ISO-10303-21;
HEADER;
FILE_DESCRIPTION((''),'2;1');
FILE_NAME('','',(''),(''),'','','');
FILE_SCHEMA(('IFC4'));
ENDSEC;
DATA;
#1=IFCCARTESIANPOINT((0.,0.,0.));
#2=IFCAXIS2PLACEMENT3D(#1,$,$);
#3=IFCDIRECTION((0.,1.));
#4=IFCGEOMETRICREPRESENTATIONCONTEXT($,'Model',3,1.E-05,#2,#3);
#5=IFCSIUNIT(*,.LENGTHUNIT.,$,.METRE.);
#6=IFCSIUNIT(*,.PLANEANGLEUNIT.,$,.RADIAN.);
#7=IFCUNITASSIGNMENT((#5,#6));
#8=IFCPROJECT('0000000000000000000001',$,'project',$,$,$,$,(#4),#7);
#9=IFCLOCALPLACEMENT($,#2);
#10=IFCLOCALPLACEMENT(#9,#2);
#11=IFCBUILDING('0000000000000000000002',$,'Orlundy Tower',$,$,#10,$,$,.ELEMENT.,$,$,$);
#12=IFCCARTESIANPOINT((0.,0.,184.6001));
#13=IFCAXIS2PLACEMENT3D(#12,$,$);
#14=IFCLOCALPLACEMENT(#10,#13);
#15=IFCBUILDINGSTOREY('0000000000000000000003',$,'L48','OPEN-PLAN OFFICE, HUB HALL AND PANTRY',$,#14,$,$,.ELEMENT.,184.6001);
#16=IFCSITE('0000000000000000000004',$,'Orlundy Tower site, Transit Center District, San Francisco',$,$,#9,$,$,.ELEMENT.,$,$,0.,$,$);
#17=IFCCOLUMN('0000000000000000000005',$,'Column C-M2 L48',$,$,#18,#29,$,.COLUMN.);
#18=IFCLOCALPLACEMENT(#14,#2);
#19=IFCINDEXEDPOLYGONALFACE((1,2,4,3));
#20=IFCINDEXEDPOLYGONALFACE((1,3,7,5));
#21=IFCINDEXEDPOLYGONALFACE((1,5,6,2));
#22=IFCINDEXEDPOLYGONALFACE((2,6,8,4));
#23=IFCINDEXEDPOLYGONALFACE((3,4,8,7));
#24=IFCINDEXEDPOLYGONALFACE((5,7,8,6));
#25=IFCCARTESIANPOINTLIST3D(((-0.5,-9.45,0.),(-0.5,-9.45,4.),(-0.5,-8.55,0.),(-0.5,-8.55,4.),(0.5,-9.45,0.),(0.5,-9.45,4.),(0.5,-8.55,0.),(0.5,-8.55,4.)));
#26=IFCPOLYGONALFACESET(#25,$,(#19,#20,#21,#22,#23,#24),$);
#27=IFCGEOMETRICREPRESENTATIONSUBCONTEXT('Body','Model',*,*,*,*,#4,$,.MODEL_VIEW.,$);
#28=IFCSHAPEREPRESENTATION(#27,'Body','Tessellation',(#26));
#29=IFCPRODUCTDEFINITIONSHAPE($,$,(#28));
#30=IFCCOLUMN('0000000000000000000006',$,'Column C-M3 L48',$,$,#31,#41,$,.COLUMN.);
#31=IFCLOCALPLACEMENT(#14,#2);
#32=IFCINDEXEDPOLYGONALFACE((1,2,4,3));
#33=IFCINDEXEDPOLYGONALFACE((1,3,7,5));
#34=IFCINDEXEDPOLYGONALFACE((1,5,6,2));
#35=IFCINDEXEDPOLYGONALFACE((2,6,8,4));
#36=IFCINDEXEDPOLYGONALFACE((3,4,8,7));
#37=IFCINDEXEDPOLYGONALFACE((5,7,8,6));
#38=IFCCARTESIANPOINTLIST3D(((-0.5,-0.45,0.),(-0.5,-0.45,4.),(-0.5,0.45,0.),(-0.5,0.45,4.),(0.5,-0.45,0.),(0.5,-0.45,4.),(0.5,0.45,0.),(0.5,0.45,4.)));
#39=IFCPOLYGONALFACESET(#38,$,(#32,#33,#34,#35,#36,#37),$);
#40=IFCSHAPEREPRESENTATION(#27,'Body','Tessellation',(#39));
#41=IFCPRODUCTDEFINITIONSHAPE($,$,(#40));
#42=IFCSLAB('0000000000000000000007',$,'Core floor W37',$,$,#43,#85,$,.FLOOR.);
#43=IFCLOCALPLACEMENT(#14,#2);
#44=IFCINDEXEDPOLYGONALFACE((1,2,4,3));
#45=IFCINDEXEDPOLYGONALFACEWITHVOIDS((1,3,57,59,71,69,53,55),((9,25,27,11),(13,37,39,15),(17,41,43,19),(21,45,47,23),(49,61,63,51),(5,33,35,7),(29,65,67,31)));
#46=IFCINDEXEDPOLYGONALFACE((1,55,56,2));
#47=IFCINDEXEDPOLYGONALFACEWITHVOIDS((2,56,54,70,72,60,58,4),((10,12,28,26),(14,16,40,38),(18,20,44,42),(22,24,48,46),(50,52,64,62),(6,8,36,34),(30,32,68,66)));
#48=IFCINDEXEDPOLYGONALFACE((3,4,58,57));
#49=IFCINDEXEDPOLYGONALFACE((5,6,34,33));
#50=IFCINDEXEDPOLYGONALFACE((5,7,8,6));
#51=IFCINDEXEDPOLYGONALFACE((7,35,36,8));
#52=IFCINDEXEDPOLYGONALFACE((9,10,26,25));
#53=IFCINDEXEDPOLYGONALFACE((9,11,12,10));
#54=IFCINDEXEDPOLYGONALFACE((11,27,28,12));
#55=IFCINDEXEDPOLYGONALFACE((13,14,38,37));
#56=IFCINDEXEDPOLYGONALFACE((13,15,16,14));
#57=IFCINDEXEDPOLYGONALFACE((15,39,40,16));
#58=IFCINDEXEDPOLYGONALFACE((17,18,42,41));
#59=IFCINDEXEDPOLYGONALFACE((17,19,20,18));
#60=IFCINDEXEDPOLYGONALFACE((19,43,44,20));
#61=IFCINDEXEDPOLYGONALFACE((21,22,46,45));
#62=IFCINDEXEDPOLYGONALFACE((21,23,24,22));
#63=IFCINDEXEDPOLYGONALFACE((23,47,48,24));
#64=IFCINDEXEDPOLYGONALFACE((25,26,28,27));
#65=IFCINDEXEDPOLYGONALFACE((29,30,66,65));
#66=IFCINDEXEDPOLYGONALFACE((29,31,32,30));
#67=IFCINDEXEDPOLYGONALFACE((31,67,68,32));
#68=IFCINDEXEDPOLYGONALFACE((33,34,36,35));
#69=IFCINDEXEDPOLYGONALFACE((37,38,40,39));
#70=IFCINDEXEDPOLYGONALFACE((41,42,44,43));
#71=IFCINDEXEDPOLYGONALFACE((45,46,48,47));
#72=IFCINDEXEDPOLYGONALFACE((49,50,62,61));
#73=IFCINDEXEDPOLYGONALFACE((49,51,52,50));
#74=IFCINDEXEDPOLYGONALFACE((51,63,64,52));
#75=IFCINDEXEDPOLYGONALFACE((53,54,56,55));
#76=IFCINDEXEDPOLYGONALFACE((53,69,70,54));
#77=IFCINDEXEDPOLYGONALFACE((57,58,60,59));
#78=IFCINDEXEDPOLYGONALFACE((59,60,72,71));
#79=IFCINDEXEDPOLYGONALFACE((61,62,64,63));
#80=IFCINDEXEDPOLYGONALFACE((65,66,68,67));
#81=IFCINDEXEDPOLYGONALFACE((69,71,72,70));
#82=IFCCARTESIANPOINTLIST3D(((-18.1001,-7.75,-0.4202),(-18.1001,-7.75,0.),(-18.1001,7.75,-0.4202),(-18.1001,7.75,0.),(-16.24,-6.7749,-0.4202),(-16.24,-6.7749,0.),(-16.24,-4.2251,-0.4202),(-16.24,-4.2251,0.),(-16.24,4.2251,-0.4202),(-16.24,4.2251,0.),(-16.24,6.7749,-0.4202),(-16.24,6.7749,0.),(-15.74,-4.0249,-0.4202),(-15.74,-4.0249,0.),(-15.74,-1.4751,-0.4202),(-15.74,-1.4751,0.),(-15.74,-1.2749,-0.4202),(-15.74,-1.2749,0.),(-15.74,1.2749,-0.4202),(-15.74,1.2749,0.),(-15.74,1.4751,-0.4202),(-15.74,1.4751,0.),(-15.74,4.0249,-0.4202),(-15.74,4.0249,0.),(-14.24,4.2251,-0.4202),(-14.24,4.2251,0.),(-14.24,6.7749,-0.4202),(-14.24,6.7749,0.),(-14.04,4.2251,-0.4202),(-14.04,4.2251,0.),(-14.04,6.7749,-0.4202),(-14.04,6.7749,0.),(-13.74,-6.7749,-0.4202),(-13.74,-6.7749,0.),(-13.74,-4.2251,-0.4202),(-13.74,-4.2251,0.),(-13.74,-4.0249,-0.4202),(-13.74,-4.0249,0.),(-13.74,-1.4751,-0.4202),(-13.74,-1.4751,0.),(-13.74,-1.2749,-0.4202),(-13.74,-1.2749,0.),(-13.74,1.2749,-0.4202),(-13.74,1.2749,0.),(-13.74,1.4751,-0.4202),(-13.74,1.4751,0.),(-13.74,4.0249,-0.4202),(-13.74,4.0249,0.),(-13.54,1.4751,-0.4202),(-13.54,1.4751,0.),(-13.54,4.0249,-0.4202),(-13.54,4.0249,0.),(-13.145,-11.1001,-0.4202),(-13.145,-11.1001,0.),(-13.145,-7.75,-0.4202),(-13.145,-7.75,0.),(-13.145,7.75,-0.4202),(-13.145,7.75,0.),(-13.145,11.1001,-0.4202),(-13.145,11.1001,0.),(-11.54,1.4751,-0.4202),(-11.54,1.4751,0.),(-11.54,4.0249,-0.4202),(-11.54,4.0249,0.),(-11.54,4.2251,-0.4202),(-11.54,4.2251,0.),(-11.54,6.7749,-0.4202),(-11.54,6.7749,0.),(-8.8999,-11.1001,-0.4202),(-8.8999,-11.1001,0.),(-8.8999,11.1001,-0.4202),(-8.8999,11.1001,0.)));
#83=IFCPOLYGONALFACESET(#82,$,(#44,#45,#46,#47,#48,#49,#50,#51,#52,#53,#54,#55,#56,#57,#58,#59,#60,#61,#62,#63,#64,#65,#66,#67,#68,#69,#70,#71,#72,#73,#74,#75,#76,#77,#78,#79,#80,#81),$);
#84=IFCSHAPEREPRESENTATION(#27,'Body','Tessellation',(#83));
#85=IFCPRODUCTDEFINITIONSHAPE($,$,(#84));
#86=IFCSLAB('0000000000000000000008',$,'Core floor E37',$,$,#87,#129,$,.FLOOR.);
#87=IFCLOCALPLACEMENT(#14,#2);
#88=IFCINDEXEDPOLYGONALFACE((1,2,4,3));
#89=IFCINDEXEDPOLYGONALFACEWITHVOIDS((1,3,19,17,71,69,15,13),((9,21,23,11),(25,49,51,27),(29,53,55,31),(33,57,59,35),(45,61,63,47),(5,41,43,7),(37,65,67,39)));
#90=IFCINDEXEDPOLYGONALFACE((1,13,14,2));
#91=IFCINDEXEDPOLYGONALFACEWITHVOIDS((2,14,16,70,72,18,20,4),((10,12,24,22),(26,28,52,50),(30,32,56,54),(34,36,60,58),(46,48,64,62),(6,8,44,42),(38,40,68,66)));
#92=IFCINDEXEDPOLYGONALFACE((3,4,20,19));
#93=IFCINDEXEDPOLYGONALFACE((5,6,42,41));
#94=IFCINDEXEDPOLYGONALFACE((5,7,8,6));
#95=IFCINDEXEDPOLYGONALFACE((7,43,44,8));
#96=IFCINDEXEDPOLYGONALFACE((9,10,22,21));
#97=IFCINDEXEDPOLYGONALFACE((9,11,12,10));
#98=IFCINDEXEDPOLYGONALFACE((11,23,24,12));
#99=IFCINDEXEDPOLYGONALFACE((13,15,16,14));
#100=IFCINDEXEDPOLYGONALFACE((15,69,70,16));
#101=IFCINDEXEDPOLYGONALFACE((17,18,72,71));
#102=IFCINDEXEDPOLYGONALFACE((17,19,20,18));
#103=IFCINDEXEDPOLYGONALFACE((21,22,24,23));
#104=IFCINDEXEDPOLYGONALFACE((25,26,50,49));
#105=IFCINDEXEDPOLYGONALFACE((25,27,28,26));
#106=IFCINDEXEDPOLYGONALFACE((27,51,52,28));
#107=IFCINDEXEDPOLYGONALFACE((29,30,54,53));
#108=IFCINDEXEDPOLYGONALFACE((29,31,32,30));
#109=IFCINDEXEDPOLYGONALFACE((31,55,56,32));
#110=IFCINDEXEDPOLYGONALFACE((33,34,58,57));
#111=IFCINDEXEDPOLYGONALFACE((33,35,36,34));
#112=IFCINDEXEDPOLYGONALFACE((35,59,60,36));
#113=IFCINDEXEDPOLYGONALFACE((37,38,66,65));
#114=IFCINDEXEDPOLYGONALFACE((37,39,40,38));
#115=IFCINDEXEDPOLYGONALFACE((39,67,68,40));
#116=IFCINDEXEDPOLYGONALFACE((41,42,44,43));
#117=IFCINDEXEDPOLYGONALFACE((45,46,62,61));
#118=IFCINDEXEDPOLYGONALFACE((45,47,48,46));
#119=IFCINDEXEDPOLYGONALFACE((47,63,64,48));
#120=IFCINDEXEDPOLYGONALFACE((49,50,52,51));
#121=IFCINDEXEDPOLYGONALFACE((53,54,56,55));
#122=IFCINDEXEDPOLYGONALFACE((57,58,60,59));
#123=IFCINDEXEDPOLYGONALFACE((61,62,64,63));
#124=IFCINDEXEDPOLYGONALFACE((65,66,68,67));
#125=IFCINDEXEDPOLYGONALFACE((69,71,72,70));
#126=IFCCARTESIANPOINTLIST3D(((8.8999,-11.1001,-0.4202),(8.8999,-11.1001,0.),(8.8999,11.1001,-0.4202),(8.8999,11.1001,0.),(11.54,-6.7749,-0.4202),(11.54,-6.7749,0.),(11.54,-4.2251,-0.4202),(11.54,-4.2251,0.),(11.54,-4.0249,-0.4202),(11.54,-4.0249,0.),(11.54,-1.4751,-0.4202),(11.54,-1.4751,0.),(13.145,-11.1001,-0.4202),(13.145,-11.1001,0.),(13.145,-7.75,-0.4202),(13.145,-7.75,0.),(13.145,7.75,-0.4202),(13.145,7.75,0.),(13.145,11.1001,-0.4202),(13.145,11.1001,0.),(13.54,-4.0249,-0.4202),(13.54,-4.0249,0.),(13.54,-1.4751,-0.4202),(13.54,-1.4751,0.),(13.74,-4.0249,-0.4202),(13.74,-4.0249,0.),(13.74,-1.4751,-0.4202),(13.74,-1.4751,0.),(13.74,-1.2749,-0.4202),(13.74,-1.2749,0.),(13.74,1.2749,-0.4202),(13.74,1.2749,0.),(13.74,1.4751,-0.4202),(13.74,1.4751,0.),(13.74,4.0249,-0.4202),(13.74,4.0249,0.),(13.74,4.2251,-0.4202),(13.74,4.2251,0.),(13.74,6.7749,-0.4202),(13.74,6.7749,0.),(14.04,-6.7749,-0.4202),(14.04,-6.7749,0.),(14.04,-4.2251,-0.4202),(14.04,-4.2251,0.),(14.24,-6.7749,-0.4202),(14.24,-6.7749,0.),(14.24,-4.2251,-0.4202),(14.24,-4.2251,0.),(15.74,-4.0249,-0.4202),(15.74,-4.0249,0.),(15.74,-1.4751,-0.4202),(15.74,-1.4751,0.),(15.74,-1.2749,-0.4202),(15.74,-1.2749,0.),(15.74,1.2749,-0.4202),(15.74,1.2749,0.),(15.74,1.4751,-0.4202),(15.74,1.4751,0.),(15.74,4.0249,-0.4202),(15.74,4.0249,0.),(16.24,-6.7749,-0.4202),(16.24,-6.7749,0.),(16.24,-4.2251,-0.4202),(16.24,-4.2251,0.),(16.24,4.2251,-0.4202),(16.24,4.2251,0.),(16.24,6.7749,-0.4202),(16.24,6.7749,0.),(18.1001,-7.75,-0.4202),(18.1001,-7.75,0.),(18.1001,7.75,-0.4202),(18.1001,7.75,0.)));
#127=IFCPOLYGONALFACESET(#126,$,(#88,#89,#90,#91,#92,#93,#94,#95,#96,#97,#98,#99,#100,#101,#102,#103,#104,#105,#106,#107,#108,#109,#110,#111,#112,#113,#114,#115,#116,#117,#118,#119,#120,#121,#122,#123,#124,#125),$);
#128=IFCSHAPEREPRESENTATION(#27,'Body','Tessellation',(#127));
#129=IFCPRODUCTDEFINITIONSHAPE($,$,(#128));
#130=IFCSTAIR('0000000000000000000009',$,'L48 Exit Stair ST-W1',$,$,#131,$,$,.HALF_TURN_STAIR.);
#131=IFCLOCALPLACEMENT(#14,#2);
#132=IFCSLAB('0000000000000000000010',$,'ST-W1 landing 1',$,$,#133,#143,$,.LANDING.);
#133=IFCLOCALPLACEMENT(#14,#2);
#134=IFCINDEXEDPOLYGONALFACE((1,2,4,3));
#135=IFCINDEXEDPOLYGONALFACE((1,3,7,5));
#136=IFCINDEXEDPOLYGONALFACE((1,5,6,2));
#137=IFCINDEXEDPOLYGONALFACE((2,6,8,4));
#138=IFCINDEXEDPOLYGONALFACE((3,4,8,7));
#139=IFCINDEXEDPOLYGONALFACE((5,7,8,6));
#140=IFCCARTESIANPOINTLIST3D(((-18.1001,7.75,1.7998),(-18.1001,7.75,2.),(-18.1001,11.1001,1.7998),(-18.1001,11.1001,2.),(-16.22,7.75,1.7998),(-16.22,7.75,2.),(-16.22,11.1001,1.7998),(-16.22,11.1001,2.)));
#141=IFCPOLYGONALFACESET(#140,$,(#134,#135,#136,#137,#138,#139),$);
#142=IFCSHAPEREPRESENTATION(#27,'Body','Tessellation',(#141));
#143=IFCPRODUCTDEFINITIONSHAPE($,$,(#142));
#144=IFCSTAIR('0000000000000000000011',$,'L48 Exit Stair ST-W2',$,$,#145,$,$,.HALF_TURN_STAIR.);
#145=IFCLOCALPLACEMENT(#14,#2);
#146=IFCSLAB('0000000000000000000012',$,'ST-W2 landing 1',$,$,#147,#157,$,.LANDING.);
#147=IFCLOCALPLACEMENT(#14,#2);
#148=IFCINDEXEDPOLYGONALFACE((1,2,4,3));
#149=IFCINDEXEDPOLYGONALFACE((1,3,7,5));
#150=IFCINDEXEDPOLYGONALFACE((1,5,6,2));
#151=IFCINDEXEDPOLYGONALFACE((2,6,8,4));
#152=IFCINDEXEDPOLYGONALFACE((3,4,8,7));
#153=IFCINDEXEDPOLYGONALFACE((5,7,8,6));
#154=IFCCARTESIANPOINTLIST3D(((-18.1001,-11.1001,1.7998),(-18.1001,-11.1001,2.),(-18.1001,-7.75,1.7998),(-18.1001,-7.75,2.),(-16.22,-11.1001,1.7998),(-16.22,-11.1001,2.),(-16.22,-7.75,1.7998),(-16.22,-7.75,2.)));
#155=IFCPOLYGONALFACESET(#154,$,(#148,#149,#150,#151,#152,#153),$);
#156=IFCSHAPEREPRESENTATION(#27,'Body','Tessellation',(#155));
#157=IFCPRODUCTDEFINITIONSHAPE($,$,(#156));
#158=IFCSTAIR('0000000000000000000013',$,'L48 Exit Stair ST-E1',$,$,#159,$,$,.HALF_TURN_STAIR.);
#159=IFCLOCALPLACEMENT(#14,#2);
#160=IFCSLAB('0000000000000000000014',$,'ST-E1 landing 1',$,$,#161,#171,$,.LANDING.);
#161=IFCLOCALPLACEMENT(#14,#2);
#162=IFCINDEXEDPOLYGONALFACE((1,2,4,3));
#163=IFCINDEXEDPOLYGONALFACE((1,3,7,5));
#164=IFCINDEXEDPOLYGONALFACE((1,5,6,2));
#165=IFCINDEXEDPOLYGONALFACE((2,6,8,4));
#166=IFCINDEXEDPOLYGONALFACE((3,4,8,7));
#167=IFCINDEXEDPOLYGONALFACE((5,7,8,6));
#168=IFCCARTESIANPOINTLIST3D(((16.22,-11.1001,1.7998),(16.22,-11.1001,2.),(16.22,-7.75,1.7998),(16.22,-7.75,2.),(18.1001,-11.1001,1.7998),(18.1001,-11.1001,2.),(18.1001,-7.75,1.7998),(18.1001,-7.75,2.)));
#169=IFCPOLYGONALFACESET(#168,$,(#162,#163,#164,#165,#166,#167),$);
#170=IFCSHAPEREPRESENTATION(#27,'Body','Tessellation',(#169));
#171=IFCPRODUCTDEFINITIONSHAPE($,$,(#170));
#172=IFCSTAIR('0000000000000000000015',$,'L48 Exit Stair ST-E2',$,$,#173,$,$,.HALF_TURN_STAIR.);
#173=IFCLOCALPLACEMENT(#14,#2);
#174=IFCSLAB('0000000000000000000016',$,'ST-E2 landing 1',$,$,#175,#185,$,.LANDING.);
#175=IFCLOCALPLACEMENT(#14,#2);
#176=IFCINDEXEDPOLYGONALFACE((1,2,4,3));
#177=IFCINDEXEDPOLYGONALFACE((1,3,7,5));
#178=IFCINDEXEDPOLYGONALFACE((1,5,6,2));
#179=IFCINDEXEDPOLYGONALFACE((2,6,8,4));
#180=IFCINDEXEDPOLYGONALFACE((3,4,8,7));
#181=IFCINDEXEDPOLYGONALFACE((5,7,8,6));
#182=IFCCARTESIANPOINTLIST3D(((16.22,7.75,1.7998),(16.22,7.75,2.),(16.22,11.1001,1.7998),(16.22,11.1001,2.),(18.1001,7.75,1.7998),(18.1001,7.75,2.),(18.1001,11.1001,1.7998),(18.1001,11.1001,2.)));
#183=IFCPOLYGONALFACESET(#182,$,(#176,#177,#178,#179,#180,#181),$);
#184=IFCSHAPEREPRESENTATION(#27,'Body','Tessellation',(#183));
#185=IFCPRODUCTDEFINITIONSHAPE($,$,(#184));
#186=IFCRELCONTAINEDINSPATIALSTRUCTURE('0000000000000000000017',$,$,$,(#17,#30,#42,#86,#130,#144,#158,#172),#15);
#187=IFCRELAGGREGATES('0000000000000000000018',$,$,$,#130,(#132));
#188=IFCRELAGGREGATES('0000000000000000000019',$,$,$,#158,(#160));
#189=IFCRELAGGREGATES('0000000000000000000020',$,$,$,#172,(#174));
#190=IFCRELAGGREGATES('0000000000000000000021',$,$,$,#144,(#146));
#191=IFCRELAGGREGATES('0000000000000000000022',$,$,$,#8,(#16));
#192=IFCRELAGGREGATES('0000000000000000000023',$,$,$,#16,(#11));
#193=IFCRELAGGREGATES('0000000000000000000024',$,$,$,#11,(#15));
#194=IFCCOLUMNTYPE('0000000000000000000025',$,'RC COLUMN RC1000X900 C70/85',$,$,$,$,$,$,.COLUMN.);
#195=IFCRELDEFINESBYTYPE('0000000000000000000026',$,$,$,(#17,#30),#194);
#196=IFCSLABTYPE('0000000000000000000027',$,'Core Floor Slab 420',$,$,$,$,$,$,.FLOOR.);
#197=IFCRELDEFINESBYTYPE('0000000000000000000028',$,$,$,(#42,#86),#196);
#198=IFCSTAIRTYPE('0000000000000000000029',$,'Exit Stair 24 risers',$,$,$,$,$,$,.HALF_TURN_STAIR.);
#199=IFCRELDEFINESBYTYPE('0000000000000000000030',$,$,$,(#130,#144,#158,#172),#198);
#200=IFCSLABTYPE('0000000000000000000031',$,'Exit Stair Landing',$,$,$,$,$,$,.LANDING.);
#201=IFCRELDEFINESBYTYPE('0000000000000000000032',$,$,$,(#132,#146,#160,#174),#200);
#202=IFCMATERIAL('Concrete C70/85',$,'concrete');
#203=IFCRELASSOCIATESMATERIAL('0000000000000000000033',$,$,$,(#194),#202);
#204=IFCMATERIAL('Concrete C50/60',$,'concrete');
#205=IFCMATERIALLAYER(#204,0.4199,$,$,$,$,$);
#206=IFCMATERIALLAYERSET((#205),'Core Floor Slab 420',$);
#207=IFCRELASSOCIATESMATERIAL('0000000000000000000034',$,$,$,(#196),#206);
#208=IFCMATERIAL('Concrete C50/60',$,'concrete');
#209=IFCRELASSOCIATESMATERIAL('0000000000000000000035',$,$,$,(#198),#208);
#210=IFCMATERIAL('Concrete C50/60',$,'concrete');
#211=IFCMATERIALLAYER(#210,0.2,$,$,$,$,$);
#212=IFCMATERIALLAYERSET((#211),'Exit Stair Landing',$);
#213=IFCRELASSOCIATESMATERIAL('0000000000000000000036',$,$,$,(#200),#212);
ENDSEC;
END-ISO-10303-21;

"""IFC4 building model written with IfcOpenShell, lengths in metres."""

from ifc_helpers import new_model, si_unit, direction, frame, origin, origin_2d, place, context, subcontext, project, spatial, polyline, rectangle, outline, extrude, material, layer, layer_set, material_profile, profile_set, type_object, element, aggregate, save


model = new_model("IFC4")

# Units and contexts
model_context = context("Model", 3, precision=1e-05, world=origin(), true_north=direction((0.0, 1.0)))
body_context = subcontext(model_context, "Body", "Model", "MODEL_VIEW")
ifc_project = project(units=[si_unit("LENGTHUNIT", "METRE"), si_unit("PLANEANGLEUNIT", "RADIAN")], contexts=[model_context])

# Site, building, storey
site_placement = place(None, origin())
site = spatial("IfcSite", under=ifc_project, at=site_placement, Name="Orlundy Tower site, Transit Center District, San Francisco", CompositionType="ELEMENT", RefElevation=0.0)
building_placement = place(site_placement, origin())
building = spatial("IfcBuilding", under=site, at=building_placement, Name="Orlundy Tower", CompositionType="ELEMENT")
storey_placement = place(building_placement, frame((0.0, 0.0, 184.6001)))
storey = spatial("IfcBuildingStorey", under=building, at=storey_placement, Name="L48", Description="OPEN-PLAN OFFICE, HUB HALL AND PANTRY", CompositionType="ELEMENT", Elevation=184.6001)

# Columns
ifc_material_1 = material(Name="Concrete C70/85", Category="concrete")
ifc_material_profile = material_profile(ifc_material_1, rectangle(XDim=1.0, YDim=0.8999, at=origin_2d()), Name="RC1000X900")
ifc_profile_set = profile_set([ifc_material_profile], Name="Concrete C70/85")
column_type = type_object("IfcColumnType", Name="RC COLUMN RC1000X900 C70/85", PredefinedType="COLUMN", material=ifc_profile_set)
for number, where, z_axis, x_axis, name in (
    (1, (0.0, -9.0, 0.0), (0.0, 0.0, 1.0), (1.0, 0.0, 0.0), "Column C-M2 L48"),
    (2, (0.0, 0.0, 0.0), (0.0, 0.0, 1.0), (1.0, 0.0, 0.0), "Column C-M3 L48"),
):
    element("IfcColumn", number, at=place(storey_placement, frame(where, z_axis=z_axis, x_axis=x_axis)), inside=storey, type_object=column_type, Name=name, PredefinedType="COLUMN", context=body_context, shape_type="SweptSolid", body=[
        extrude(rectangle(XDim=1.0, YDim=0.8999, at=origin_2d()), origin(), (0.0, 0.0, 1.0), 4.0),
    ])

# Slabs
ifc_material_2 = material(Name="Concrete C50/60", Category="concrete")
ifc_layer_1 = layer(ifc_material_2, 0.4199)
ifc_layer_set_1 = layer_set([ifc_layer_1], Name="Core Floor Slab 420")
slab_type_1 = type_object("IfcSlabType", Name="Core Floor Slab 420", PredefinedType="FLOOR", material=ifc_layer_set_1)
slab_1_placement = place(storey_placement, frame((0.0, 0.0, -0.4202)))
element("IfcSlab", 3, at=slab_1_placement, inside=storey, type_object=slab_type_1, Name="Core floor W37", PredefinedType="FLOOR", context=body_context, shape_type="SweptSolid", body=[
    extrude(outline(polyline([(-13.145, -11.1001), (-13.145, -7.75), (-18.1001, -7.75), (-18.1001, 7.75), (-13.145, 7.75), (-13.145, 11.1001), (-8.8999, 11.1001), (-8.8999, -11.1001), (-13.145, -11.1001)]), holes=[polyline([(-13.74, -4.2251), (-16.24, -4.2251), (-16.24, -6.7749), (-13.74, -6.7749), (-13.74, -4.2251)]), polyline([(-13.74, -4.0249), (-13.74, -1.4751), (-15.74, -1.4751), (-15.74, -4.0249), (-13.74, -4.0249)]), polyline([(-15.74, -1.2749), (-13.74, -1.2749), (-13.74, 1.2749), (-15.74, 1.2749), (-15.74, -1.2749)]), polyline([(-13.54, 4.0249), (-13.54, 1.4751), (-11.54, 1.4751), (-11.54, 4.0249), (-13.54, 4.0249)]), polyline([(-13.74, 4.0249), (-15.74, 4.0249), (-15.74, 1.4751), (-13.74, 1.4751), (-13.74, 4.0249)]), polyline([(-11.54, 4.2251), (-11.54, 6.7749), (-14.04, 6.7749), (-14.04, 4.2251), (-11.54, 4.2251)]), polyline([(-16.24, 4.2251), (-14.24, 4.2251), (-14.24, 6.7749), (-16.24, 6.7749), (-16.24, 4.2251)])]), origin(), (0.0, 0.0, 1.0), 0.4202),
])
slab_2_placement = place(storey_placement, frame((0.0, 0.0, -0.4202)))
element("IfcSlab", 4, at=slab_2_placement, inside=storey, type_object=slab_type_1, Name="Core floor E37", PredefinedType="FLOOR", context=body_context, shape_type="SweptSolid", body=[
    extrude(outline(polyline([(13.145, 11.1001), (13.145, 7.75), (18.1001, 7.75), (18.1001, -7.75), (13.145, -7.75), (13.145, -11.1001), (8.8999, -11.1001), (8.8999, 11.1001), (13.145, 11.1001)]), holes=[polyline([(13.74, 4.2251), (16.24, 4.2251), (16.24, 6.7749), (13.74, 6.7749), (13.74, 4.2251)]), polyline([(13.74, 4.0249), (13.74, 1.4751), (15.74, 1.4751), (15.74, 4.0249), (13.74, 4.0249)]), polyline([(15.74, 1.2749), (13.74, 1.2749), (13.74, -1.2749), (15.74, -1.2749), (15.74, 1.2749)]), polyline([(13.54, -4.0249), (13.54, -1.4751), (11.54, -1.4751), (11.54, -4.0249), (13.54, -4.0249)]), polyline([(13.74, -4.0249), (15.74, -4.0249), (15.74, -1.4751), (13.74, -1.4751), (13.74, -4.0249)]), polyline([(11.54, -4.2251), (11.54, -6.7749), (14.04, -6.7749), (14.04, -4.2251), (11.54, -4.2251)]), polyline([(16.24, -4.2251), (14.24, -4.2251), (14.24, -6.7749), (16.24, -6.7749), (16.24, -4.2251)])]), origin(), (0.0, 0.0, 1.0), 0.4202),
])

# Stairs, slabs
ifc_material_3 = material(Name="Concrete C50/60", Category="concrete")
stair_type = type_object("IfcStairType", Name="Exit Stair 24 risers", PredefinedType="HALF_TURN_STAIR", material=ifc_material_3)
stair_1_placement = place(storey_placement, origin())
stair_1 = element("IfcStair", 5, at=stair_1_placement, inside=storey, type_object=stair_type, Name="L48 Exit Stair ST-W1", PredefinedType="HALF_TURN_STAIR")
ifc_material_4 = material(Name="Concrete C50/60", Category="concrete")
ifc_layer_2 = layer(ifc_material_4, 0.2)
ifc_layer_set_2 = layer_set([ifc_layer_2], Name="Exit Stair Landing")
slab_type_2 = type_object("IfcSlabType", Name="Exit Stair Landing", PredefinedType="LANDING", material=ifc_layer_set_2)
slab_3_placement = place(storey_placement, frame((0.0, 0.0, 1.7998)))
slab_3 = element("IfcSlab", 6, at=slab_3_placement, type_object=slab_type_2, Name="ST-W1 landing 1", PredefinedType="LANDING", context=body_context, shape_type="SweptSolid", body=[
    extrude(outline(polyline([(-16.22, 11.1001), (-18.1001, 11.1001), (-18.1001, 7.75), (-16.22, 7.75), (-16.22, 11.1001)])), origin(), (0.0, 0.0, 1.0), 0.2002),
])
aggregate(stair_1, [slab_3])
stair_2_placement = place(storey_placement, origin())
stair_2 = element("IfcStair", 7, at=stair_2_placement, inside=storey, type_object=stair_type, Name="L48 Exit Stair ST-W2", PredefinedType="HALF_TURN_STAIR")
slab_4_placement = place(storey_placement, frame((0.0, 0.0, 1.7998)))
slab_4 = element("IfcSlab", 8, at=slab_4_placement, type_object=slab_type_2, Name="ST-W2 landing 1", PredefinedType="LANDING", context=body_context, shape_type="SweptSolid", body=[
    extrude(outline(polyline([(-16.22, -7.75), (-18.1001, -7.75), (-18.1001, -11.1001), (-16.22, -11.1001), (-16.22, -7.75)])), origin(), (0.0, 0.0, 1.0), 0.2002),
])
stair_3_placement = place(storey_placement, origin())
stair_3 = element("IfcStair", 9, at=stair_3_placement, inside=storey, type_object=stair_type, Name="L48 Exit Stair ST-E1", PredefinedType="HALF_TURN_STAIR")
slab_5_placement = place(storey_placement, frame((0.0, 0.0, 1.7998)))
slab_5 = element("IfcSlab", 10, at=slab_5_placement, type_object=slab_type_2, Name="ST-E1 landing 1", PredefinedType="LANDING", context=body_context, shape_type="SweptSolid", body=[
    extrude(outline(polyline([(16.22, -11.1001), (18.1001, -11.1001), (18.1001, -7.75), (16.22, -7.75), (16.22, -11.1001)])), origin(), (0.0, 0.0, 1.0), 0.2002),
])
aggregate(stair_3, [slab_5])
stair_4_placement = place(storey_placement, origin())
stair_4 = element("IfcStair", 11, at=stair_4_placement, inside=storey, type_object=stair_type, Name="L48 Exit Stair ST-E2", PredefinedType="HALF_TURN_STAIR")
slab_6_placement = place(storey_placement, frame((0.0, 0.0, 1.7998)))
slab_6 = element("IfcSlab", 12, at=slab_6_placement, type_object=slab_type_2, Name="ST-E2 landing 1", PredefinedType="LANDING", context=body_context, shape_type="SweptSolid", body=[
    extrude(outline(polyline([(16.22, 7.75), (18.1001, 7.75), (18.1001, 11.1001), (16.22, 11.1001), (16.22, 7.75)])), origin(), (0.0, 0.0, 1.0), 0.2002),
])
aggregate(stair_4, [slab_6])

aggregate(stair_2, [slab_4])

save(model, "model.ifc")
